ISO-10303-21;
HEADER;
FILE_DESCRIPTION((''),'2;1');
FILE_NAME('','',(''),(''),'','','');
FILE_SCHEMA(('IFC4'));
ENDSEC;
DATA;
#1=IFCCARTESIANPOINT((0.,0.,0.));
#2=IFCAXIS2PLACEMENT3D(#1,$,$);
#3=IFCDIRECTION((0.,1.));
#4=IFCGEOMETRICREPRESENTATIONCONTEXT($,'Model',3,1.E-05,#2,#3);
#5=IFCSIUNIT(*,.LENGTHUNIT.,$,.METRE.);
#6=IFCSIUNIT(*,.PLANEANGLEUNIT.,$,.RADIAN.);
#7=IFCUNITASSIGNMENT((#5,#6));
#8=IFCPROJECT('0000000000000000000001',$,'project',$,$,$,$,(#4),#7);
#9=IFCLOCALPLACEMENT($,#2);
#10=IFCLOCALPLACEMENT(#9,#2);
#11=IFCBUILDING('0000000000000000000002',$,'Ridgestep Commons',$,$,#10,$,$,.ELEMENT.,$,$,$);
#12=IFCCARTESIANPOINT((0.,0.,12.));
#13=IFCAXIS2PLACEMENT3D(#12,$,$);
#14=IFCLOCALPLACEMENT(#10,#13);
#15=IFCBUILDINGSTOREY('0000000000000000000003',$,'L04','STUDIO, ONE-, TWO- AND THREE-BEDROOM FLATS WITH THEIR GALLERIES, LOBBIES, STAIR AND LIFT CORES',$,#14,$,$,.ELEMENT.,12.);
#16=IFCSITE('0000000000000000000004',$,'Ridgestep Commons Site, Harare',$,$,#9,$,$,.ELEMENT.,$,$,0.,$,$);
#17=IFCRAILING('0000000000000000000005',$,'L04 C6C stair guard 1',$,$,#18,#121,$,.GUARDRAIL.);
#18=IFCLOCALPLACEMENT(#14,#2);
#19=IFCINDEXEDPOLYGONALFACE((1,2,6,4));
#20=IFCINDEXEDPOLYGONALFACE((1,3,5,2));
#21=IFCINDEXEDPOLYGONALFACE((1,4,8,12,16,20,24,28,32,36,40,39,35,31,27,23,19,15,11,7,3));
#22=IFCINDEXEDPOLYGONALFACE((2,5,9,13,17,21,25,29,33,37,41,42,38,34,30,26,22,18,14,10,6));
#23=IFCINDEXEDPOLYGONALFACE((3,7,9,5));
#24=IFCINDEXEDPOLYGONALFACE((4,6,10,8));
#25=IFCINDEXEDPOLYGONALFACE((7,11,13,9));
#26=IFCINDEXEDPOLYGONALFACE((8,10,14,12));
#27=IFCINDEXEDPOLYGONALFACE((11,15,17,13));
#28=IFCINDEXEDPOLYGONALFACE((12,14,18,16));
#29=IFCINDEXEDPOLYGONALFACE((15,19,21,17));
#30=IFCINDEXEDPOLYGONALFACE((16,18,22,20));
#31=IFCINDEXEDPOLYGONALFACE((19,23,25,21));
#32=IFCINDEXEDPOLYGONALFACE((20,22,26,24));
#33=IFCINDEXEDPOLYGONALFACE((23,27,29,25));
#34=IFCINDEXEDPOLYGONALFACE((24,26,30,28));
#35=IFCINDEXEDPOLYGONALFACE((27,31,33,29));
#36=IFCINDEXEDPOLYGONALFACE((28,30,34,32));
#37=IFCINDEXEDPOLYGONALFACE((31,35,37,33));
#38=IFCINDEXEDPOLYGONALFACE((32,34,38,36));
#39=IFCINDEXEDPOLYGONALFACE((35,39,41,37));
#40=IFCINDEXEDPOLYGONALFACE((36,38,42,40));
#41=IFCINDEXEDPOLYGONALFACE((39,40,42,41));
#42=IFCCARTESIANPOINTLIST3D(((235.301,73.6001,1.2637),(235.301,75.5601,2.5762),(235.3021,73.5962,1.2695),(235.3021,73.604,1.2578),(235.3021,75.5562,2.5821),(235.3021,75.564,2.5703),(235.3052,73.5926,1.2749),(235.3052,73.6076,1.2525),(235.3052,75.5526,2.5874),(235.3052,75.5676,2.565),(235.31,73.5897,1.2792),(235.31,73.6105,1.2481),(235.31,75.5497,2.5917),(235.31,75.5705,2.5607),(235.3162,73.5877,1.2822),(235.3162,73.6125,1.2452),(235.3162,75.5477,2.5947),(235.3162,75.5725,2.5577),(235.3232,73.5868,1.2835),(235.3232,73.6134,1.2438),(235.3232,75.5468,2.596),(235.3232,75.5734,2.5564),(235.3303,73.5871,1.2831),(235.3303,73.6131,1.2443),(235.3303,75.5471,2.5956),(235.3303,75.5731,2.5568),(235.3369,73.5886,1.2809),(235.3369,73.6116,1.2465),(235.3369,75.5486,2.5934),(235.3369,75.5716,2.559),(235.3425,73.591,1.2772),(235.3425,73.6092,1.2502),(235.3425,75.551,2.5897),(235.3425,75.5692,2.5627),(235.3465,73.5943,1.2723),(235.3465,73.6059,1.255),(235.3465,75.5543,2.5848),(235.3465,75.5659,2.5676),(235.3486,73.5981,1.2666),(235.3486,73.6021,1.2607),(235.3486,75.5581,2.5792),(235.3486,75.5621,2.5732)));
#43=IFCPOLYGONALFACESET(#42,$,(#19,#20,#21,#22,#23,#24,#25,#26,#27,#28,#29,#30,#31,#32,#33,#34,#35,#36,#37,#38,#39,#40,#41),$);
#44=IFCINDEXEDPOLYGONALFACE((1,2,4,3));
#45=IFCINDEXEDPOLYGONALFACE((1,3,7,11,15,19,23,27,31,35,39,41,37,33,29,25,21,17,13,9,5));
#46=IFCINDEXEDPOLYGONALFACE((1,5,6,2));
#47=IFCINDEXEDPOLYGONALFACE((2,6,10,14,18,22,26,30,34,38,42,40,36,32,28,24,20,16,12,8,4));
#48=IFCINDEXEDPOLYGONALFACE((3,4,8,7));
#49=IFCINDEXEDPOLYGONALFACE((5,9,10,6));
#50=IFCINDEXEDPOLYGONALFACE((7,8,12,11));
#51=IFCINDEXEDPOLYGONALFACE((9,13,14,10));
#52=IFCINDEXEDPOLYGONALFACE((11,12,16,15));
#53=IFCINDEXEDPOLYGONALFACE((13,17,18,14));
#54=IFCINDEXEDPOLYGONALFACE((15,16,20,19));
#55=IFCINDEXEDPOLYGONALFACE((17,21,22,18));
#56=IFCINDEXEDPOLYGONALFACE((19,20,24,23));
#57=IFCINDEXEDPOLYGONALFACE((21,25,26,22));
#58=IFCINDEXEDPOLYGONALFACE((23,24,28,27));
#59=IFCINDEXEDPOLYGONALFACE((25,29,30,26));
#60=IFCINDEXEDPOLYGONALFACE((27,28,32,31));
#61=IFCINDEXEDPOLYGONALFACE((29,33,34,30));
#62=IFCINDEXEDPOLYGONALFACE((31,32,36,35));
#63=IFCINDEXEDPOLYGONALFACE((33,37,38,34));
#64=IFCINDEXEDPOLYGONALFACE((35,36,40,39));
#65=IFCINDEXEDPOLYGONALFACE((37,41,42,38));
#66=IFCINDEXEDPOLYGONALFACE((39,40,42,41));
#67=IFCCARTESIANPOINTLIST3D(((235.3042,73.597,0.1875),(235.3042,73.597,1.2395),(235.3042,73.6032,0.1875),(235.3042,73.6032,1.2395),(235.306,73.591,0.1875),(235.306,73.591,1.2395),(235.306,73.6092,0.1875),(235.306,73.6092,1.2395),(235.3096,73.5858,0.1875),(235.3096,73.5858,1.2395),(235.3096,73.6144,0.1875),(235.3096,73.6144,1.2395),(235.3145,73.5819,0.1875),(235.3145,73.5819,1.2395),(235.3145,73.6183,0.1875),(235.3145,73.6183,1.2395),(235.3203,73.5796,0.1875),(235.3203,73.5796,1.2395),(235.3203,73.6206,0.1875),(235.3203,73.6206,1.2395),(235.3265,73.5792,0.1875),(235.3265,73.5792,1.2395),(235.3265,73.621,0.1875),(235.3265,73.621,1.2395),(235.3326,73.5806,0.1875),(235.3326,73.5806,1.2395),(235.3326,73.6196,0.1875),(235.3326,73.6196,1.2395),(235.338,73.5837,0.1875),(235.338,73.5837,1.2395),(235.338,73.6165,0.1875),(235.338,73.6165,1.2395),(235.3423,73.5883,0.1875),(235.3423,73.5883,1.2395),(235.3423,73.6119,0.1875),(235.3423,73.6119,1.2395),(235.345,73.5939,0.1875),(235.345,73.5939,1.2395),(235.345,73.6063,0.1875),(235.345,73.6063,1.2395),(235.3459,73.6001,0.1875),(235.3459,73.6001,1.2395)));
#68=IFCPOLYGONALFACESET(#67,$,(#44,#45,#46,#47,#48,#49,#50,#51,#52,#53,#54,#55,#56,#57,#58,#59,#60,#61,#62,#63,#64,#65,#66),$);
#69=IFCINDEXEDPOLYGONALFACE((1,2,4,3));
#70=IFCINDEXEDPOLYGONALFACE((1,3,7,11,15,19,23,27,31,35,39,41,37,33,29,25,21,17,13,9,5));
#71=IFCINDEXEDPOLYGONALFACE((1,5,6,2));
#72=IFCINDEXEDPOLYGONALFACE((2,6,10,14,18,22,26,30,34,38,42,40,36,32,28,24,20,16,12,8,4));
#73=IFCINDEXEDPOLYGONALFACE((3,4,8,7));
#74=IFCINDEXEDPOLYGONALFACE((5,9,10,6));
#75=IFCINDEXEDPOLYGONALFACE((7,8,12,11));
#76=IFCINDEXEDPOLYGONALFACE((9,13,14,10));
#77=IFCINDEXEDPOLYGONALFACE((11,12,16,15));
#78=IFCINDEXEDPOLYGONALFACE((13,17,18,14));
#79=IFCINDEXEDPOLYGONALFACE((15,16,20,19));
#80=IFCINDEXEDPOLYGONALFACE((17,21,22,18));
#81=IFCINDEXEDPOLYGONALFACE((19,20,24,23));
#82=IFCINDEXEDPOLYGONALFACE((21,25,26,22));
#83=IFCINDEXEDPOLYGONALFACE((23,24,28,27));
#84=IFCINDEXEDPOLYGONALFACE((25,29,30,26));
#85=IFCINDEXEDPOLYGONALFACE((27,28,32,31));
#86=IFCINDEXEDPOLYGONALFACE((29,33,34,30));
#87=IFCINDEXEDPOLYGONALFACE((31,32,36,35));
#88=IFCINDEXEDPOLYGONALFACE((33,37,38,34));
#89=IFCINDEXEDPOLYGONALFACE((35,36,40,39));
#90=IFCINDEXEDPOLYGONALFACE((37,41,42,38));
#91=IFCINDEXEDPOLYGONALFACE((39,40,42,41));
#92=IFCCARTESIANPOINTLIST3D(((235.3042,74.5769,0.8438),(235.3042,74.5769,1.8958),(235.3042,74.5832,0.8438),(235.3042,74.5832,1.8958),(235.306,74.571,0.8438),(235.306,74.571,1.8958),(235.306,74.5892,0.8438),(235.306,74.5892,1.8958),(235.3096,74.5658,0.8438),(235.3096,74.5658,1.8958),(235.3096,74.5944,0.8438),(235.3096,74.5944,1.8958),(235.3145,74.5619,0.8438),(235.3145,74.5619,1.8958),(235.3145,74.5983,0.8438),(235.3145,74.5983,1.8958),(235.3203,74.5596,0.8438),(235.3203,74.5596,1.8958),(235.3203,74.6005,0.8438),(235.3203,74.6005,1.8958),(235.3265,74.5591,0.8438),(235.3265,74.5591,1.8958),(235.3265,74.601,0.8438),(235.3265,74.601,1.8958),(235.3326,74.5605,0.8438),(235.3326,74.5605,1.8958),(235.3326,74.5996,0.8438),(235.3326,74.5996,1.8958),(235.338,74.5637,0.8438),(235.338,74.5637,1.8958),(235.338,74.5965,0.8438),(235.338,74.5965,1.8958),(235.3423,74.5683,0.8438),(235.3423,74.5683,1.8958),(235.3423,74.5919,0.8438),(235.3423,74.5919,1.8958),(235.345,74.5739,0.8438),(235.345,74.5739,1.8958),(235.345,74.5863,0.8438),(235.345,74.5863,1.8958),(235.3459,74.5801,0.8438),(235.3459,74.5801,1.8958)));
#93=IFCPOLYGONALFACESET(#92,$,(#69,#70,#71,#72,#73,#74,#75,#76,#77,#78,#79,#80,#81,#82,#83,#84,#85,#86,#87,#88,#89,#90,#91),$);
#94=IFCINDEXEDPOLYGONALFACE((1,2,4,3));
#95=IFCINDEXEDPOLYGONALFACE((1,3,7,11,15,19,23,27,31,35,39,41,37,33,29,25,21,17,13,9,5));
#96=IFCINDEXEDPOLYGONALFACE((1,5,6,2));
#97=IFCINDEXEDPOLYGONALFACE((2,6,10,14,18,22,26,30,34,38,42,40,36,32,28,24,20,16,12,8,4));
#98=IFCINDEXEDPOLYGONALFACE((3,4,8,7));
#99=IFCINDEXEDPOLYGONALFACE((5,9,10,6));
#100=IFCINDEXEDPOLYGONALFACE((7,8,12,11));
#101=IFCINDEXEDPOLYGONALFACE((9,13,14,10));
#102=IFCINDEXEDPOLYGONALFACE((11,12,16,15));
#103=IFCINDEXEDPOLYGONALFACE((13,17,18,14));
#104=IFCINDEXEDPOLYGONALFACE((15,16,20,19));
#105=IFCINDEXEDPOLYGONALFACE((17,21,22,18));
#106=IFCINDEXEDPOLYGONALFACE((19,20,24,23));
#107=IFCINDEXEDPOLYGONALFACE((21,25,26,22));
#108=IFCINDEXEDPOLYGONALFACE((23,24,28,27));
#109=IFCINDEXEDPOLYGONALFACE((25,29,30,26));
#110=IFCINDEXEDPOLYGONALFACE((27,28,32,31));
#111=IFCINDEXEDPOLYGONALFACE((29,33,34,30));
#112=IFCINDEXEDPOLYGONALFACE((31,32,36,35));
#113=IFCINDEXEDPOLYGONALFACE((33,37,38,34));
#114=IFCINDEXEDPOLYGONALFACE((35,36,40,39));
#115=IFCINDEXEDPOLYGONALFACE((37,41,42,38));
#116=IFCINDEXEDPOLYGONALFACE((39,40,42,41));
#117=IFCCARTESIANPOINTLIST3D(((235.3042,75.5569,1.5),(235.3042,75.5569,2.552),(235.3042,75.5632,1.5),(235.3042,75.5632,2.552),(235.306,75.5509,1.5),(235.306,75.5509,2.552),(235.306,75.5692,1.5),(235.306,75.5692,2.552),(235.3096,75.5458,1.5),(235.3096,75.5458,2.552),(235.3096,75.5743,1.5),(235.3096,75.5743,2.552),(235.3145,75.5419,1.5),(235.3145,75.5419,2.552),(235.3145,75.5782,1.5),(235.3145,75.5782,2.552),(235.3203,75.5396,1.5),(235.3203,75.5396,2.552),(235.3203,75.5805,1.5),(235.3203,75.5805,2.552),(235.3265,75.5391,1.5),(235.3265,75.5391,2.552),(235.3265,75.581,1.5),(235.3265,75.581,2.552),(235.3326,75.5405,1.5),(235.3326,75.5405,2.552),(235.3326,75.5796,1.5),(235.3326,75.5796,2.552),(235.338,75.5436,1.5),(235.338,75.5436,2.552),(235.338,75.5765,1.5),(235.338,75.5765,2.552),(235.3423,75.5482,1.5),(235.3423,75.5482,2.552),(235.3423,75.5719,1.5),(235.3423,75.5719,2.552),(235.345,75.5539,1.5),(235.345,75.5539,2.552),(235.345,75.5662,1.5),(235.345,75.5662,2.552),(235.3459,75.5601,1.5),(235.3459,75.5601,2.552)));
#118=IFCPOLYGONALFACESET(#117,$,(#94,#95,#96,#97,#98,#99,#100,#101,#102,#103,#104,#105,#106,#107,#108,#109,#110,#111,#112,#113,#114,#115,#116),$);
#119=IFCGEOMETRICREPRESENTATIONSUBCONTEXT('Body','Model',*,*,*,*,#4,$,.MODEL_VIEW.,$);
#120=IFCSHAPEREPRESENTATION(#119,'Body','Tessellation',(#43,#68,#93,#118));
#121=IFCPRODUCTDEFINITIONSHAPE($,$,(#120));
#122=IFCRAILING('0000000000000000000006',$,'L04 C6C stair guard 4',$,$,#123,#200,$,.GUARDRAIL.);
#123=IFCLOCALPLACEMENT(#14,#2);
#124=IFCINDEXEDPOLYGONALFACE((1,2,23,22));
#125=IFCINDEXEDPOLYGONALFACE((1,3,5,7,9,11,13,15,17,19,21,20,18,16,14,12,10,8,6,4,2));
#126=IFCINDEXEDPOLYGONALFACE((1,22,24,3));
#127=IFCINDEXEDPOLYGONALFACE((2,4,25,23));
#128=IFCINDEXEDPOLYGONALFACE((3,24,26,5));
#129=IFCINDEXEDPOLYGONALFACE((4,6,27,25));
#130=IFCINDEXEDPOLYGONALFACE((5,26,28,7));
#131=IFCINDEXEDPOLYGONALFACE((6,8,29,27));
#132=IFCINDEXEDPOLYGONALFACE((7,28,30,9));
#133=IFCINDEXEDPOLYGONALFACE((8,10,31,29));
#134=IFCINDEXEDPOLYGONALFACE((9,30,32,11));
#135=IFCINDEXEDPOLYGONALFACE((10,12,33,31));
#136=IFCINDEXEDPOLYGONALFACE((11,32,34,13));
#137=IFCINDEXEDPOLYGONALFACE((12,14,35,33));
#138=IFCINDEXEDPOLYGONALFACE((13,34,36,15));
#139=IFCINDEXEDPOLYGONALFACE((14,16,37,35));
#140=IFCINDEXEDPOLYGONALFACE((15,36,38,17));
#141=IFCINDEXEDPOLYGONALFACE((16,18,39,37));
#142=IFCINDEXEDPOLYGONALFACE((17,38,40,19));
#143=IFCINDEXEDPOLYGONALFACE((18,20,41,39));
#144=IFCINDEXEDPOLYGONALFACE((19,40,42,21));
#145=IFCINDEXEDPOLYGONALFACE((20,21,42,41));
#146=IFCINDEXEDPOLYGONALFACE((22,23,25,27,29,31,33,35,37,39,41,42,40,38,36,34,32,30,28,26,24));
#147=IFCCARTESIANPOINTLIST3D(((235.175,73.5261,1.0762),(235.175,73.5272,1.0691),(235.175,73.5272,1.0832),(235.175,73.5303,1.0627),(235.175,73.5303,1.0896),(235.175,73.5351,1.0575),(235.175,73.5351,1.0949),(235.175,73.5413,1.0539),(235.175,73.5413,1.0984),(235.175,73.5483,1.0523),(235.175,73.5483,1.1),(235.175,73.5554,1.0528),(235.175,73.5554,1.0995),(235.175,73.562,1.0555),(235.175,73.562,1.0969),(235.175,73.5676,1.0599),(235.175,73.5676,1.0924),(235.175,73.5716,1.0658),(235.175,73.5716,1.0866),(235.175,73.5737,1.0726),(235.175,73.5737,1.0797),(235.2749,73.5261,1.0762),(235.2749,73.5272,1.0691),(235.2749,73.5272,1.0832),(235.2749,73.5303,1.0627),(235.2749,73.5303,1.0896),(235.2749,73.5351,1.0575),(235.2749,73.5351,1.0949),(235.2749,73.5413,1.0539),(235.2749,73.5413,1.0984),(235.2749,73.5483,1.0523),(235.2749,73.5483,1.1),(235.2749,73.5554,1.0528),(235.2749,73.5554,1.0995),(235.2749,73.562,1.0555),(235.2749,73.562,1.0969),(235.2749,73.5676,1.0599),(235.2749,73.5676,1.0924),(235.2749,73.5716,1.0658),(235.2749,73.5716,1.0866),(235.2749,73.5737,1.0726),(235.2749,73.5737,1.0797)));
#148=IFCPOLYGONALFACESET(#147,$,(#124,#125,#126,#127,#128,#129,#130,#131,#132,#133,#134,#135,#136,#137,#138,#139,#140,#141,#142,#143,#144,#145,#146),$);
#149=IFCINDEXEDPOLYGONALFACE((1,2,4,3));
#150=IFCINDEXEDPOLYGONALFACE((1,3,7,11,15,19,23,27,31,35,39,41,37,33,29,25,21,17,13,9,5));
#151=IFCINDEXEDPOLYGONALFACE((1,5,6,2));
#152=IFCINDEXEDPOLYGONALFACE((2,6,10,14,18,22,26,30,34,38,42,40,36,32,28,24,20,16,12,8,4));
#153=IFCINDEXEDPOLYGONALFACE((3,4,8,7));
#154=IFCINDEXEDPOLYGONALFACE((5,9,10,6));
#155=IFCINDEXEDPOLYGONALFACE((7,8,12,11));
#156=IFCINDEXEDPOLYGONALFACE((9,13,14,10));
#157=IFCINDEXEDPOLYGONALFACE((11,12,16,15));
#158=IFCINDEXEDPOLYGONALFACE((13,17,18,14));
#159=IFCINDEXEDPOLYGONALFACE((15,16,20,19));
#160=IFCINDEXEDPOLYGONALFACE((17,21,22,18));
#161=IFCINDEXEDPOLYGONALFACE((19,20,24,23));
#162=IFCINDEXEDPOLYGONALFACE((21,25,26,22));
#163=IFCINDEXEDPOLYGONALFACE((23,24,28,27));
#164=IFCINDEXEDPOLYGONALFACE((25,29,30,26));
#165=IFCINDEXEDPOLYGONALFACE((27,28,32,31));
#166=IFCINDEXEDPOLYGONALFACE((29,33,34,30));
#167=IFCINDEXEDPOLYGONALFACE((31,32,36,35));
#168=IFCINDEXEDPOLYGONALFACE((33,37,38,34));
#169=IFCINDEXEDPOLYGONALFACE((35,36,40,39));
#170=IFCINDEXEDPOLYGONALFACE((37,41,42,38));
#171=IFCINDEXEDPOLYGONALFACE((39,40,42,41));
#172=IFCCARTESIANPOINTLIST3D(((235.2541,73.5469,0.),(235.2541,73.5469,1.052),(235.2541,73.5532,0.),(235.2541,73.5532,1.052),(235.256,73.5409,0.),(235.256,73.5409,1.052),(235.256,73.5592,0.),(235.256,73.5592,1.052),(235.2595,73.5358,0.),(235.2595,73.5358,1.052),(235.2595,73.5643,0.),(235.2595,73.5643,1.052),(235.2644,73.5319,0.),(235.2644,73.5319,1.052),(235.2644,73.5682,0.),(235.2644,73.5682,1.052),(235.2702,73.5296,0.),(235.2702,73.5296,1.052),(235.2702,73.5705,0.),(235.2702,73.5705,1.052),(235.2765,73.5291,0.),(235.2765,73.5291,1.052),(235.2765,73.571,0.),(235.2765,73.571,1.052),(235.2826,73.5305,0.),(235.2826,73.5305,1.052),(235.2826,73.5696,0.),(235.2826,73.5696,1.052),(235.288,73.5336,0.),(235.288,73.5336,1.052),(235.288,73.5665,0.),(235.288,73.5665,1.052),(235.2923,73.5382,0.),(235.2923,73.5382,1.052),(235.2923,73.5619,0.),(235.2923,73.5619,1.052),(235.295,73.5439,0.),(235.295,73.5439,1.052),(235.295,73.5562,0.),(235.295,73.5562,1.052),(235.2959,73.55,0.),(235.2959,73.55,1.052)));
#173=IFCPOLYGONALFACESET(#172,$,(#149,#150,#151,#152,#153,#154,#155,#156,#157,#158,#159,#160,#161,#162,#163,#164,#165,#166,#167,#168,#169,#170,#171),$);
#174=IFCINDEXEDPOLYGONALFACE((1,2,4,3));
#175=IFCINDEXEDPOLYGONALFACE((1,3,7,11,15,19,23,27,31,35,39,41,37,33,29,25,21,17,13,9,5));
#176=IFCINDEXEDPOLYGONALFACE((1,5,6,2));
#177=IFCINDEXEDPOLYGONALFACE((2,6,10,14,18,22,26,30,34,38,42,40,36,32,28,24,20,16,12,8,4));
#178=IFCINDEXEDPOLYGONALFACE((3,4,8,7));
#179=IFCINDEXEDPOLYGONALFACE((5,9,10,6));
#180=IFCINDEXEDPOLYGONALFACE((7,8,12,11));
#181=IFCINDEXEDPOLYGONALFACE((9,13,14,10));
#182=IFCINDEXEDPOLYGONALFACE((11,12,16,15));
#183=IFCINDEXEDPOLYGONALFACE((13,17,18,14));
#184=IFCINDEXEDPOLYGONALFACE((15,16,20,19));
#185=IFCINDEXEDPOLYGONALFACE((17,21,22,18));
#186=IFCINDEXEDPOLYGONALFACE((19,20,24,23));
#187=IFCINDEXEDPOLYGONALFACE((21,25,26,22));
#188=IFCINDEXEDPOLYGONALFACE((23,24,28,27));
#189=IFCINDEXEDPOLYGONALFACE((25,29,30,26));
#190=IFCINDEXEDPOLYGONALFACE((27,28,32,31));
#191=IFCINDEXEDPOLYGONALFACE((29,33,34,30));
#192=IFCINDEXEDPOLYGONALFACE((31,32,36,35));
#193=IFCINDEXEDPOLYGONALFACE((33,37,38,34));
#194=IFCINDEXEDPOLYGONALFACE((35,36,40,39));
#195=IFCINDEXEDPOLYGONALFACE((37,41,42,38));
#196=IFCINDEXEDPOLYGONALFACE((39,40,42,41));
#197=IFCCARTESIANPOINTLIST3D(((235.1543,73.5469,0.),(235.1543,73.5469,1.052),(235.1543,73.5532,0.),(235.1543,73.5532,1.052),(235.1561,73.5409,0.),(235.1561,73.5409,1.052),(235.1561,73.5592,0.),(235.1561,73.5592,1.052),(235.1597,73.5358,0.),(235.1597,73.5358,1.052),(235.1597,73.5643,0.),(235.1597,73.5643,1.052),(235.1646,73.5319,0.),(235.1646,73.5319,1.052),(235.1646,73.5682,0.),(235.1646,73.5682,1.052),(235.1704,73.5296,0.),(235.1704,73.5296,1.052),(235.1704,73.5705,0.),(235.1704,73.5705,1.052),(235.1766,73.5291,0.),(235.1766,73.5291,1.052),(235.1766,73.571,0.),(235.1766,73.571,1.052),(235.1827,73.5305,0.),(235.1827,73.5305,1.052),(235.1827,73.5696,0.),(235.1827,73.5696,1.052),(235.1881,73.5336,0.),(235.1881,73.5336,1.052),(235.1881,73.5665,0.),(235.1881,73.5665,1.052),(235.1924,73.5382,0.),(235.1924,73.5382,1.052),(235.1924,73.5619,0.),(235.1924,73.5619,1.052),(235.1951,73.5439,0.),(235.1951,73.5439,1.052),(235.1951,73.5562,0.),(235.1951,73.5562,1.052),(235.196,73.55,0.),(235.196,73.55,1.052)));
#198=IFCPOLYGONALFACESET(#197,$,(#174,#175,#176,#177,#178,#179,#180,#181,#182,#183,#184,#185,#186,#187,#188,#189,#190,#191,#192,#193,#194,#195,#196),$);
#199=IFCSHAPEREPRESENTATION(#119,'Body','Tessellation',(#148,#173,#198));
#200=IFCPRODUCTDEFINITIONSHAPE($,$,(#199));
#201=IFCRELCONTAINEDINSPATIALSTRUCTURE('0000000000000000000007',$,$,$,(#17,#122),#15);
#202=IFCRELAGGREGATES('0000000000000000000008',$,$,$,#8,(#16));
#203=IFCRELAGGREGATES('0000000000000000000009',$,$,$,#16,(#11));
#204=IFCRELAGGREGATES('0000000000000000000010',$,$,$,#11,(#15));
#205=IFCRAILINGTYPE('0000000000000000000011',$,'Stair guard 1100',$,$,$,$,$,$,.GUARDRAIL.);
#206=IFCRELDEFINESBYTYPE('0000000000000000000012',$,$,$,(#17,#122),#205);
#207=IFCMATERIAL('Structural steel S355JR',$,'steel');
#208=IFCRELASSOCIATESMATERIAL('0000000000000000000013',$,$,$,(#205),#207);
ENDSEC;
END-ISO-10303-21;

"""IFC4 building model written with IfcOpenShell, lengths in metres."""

from ifc_helpers import new_model, si_unit, direction, frame, origin, origin_2d, place, context, subcontext, project, spatial, circle, extrude, material, type_object, element, save


model = new_model("IFC4")

# Units and contexts
model_context = context("Model", 3, precision=1e-05, world=origin(), true_north=direction((0.0, 1.0)))
body_context = subcontext(model_context, "Body", "Model", "MODEL_VIEW")
ifc_project = project(units=[si_unit("LENGTHUNIT", "METRE"), si_unit("PLANEANGLEUNIT", "RADIAN")], contexts=[model_context])

# Site, building, storey
site_placement = place(None, origin())
site = spatial("IfcSite", under=ifc_project, at=site_placement, Name="Ridgestep Commons Site, Harare", CompositionType="ELEMENT", RefElevation=0.0)
building_placement = place(site_placement, origin())
building = spatial("IfcBuilding", under=site, at=building_placement, Name="Ridgestep Commons", CompositionType="ELEMENT")
storey_placement = place(building_placement, frame((0.0, 0.0, 12.0)))
storey = spatial("IfcBuildingStorey", under=building, at=storey_placement, Name="L04", Description="STUDIO, ONE-, TWO- AND THREE-BEDROOM FLATS WITH THEIR GALLERIES, LOBBIES, STAIR AND LIFT CORES", CompositionType="ELEMENT", Elevation=12.0)

# Railings
ifc_material_1 = material(Name="Structural steel S355JR", Category="steel")
railing_type_1 = type_object("IfcRailingType", Name="Stair guard 1100", PredefinedType="GUARDRAIL", material=ifc_material_1)
railing_1_placement = place(storey_placement, frame((235.325, 73.6001, 0.1875)))
element("IfcRailing", 1, at=railing_1_placement, inside=storey, type_object=railing_type_1, Name="L04 C6C stair guard 1", PredefinedType="GUARDRAIL", context=body_context, shape_type="SweptSolid", body=[
    extrude(circle(Radius=0.0239, at=origin_2d()), frame((0.0, 0.0, 1.0762), z_axis=(0.0, 0.830902, 0.556419), x_axis=(-1.0, 0.0, 0.0)), (0.0, 0.0, 1.0), 2.3589),
    extrude(circle(Radius=0.021, at=origin_2d()), origin(), (0.0, 0.0, 1.0), 1.052),
    extrude(circle(Radius=0.021, at=origin_2d()), frame((0.0, 0.98, 0.6562)), (0.0, 0.0, 1.0), 1.052),
    extrude(circle(Radius=0.021, at=origin_2d()), frame((0.0, 1.96, 1.3125)), (0.0, 0.0, 1.0), 1.052),
])
railing_2_placement = place(storey_placement, frame((235.2749, 73.55, 0.0)))
element("IfcRailing", 2, at=railing_2_placement, inside=storey, type_object=railing_type_1, Name="L04 C6C stair guard 4", PredefinedType="GUARDRAIL", context=body_context, shape_type="SweptSolid", body=[
    extrude(circle(Radius=0.0239, at=origin_2d()), frame((0.0, 0.0, 1.0762), z_axis=(-1.0, 0.0, 0.0), x_axis=(0.0, -1.0, 0.0)), (0.0, 0.0, 1.0), 0.0999),
    extrude(circle(Radius=0.021, at=origin_2d()), origin(), (0.0, 0.0, 1.0), 1.052),
    extrude(circle(Radius=0.021, at=origin_2d()), frame((-0.0999, 0.0, 0.0)), (0.0, 0.0, 1.0), 1.052),
])

save(model, "model.ifc")
